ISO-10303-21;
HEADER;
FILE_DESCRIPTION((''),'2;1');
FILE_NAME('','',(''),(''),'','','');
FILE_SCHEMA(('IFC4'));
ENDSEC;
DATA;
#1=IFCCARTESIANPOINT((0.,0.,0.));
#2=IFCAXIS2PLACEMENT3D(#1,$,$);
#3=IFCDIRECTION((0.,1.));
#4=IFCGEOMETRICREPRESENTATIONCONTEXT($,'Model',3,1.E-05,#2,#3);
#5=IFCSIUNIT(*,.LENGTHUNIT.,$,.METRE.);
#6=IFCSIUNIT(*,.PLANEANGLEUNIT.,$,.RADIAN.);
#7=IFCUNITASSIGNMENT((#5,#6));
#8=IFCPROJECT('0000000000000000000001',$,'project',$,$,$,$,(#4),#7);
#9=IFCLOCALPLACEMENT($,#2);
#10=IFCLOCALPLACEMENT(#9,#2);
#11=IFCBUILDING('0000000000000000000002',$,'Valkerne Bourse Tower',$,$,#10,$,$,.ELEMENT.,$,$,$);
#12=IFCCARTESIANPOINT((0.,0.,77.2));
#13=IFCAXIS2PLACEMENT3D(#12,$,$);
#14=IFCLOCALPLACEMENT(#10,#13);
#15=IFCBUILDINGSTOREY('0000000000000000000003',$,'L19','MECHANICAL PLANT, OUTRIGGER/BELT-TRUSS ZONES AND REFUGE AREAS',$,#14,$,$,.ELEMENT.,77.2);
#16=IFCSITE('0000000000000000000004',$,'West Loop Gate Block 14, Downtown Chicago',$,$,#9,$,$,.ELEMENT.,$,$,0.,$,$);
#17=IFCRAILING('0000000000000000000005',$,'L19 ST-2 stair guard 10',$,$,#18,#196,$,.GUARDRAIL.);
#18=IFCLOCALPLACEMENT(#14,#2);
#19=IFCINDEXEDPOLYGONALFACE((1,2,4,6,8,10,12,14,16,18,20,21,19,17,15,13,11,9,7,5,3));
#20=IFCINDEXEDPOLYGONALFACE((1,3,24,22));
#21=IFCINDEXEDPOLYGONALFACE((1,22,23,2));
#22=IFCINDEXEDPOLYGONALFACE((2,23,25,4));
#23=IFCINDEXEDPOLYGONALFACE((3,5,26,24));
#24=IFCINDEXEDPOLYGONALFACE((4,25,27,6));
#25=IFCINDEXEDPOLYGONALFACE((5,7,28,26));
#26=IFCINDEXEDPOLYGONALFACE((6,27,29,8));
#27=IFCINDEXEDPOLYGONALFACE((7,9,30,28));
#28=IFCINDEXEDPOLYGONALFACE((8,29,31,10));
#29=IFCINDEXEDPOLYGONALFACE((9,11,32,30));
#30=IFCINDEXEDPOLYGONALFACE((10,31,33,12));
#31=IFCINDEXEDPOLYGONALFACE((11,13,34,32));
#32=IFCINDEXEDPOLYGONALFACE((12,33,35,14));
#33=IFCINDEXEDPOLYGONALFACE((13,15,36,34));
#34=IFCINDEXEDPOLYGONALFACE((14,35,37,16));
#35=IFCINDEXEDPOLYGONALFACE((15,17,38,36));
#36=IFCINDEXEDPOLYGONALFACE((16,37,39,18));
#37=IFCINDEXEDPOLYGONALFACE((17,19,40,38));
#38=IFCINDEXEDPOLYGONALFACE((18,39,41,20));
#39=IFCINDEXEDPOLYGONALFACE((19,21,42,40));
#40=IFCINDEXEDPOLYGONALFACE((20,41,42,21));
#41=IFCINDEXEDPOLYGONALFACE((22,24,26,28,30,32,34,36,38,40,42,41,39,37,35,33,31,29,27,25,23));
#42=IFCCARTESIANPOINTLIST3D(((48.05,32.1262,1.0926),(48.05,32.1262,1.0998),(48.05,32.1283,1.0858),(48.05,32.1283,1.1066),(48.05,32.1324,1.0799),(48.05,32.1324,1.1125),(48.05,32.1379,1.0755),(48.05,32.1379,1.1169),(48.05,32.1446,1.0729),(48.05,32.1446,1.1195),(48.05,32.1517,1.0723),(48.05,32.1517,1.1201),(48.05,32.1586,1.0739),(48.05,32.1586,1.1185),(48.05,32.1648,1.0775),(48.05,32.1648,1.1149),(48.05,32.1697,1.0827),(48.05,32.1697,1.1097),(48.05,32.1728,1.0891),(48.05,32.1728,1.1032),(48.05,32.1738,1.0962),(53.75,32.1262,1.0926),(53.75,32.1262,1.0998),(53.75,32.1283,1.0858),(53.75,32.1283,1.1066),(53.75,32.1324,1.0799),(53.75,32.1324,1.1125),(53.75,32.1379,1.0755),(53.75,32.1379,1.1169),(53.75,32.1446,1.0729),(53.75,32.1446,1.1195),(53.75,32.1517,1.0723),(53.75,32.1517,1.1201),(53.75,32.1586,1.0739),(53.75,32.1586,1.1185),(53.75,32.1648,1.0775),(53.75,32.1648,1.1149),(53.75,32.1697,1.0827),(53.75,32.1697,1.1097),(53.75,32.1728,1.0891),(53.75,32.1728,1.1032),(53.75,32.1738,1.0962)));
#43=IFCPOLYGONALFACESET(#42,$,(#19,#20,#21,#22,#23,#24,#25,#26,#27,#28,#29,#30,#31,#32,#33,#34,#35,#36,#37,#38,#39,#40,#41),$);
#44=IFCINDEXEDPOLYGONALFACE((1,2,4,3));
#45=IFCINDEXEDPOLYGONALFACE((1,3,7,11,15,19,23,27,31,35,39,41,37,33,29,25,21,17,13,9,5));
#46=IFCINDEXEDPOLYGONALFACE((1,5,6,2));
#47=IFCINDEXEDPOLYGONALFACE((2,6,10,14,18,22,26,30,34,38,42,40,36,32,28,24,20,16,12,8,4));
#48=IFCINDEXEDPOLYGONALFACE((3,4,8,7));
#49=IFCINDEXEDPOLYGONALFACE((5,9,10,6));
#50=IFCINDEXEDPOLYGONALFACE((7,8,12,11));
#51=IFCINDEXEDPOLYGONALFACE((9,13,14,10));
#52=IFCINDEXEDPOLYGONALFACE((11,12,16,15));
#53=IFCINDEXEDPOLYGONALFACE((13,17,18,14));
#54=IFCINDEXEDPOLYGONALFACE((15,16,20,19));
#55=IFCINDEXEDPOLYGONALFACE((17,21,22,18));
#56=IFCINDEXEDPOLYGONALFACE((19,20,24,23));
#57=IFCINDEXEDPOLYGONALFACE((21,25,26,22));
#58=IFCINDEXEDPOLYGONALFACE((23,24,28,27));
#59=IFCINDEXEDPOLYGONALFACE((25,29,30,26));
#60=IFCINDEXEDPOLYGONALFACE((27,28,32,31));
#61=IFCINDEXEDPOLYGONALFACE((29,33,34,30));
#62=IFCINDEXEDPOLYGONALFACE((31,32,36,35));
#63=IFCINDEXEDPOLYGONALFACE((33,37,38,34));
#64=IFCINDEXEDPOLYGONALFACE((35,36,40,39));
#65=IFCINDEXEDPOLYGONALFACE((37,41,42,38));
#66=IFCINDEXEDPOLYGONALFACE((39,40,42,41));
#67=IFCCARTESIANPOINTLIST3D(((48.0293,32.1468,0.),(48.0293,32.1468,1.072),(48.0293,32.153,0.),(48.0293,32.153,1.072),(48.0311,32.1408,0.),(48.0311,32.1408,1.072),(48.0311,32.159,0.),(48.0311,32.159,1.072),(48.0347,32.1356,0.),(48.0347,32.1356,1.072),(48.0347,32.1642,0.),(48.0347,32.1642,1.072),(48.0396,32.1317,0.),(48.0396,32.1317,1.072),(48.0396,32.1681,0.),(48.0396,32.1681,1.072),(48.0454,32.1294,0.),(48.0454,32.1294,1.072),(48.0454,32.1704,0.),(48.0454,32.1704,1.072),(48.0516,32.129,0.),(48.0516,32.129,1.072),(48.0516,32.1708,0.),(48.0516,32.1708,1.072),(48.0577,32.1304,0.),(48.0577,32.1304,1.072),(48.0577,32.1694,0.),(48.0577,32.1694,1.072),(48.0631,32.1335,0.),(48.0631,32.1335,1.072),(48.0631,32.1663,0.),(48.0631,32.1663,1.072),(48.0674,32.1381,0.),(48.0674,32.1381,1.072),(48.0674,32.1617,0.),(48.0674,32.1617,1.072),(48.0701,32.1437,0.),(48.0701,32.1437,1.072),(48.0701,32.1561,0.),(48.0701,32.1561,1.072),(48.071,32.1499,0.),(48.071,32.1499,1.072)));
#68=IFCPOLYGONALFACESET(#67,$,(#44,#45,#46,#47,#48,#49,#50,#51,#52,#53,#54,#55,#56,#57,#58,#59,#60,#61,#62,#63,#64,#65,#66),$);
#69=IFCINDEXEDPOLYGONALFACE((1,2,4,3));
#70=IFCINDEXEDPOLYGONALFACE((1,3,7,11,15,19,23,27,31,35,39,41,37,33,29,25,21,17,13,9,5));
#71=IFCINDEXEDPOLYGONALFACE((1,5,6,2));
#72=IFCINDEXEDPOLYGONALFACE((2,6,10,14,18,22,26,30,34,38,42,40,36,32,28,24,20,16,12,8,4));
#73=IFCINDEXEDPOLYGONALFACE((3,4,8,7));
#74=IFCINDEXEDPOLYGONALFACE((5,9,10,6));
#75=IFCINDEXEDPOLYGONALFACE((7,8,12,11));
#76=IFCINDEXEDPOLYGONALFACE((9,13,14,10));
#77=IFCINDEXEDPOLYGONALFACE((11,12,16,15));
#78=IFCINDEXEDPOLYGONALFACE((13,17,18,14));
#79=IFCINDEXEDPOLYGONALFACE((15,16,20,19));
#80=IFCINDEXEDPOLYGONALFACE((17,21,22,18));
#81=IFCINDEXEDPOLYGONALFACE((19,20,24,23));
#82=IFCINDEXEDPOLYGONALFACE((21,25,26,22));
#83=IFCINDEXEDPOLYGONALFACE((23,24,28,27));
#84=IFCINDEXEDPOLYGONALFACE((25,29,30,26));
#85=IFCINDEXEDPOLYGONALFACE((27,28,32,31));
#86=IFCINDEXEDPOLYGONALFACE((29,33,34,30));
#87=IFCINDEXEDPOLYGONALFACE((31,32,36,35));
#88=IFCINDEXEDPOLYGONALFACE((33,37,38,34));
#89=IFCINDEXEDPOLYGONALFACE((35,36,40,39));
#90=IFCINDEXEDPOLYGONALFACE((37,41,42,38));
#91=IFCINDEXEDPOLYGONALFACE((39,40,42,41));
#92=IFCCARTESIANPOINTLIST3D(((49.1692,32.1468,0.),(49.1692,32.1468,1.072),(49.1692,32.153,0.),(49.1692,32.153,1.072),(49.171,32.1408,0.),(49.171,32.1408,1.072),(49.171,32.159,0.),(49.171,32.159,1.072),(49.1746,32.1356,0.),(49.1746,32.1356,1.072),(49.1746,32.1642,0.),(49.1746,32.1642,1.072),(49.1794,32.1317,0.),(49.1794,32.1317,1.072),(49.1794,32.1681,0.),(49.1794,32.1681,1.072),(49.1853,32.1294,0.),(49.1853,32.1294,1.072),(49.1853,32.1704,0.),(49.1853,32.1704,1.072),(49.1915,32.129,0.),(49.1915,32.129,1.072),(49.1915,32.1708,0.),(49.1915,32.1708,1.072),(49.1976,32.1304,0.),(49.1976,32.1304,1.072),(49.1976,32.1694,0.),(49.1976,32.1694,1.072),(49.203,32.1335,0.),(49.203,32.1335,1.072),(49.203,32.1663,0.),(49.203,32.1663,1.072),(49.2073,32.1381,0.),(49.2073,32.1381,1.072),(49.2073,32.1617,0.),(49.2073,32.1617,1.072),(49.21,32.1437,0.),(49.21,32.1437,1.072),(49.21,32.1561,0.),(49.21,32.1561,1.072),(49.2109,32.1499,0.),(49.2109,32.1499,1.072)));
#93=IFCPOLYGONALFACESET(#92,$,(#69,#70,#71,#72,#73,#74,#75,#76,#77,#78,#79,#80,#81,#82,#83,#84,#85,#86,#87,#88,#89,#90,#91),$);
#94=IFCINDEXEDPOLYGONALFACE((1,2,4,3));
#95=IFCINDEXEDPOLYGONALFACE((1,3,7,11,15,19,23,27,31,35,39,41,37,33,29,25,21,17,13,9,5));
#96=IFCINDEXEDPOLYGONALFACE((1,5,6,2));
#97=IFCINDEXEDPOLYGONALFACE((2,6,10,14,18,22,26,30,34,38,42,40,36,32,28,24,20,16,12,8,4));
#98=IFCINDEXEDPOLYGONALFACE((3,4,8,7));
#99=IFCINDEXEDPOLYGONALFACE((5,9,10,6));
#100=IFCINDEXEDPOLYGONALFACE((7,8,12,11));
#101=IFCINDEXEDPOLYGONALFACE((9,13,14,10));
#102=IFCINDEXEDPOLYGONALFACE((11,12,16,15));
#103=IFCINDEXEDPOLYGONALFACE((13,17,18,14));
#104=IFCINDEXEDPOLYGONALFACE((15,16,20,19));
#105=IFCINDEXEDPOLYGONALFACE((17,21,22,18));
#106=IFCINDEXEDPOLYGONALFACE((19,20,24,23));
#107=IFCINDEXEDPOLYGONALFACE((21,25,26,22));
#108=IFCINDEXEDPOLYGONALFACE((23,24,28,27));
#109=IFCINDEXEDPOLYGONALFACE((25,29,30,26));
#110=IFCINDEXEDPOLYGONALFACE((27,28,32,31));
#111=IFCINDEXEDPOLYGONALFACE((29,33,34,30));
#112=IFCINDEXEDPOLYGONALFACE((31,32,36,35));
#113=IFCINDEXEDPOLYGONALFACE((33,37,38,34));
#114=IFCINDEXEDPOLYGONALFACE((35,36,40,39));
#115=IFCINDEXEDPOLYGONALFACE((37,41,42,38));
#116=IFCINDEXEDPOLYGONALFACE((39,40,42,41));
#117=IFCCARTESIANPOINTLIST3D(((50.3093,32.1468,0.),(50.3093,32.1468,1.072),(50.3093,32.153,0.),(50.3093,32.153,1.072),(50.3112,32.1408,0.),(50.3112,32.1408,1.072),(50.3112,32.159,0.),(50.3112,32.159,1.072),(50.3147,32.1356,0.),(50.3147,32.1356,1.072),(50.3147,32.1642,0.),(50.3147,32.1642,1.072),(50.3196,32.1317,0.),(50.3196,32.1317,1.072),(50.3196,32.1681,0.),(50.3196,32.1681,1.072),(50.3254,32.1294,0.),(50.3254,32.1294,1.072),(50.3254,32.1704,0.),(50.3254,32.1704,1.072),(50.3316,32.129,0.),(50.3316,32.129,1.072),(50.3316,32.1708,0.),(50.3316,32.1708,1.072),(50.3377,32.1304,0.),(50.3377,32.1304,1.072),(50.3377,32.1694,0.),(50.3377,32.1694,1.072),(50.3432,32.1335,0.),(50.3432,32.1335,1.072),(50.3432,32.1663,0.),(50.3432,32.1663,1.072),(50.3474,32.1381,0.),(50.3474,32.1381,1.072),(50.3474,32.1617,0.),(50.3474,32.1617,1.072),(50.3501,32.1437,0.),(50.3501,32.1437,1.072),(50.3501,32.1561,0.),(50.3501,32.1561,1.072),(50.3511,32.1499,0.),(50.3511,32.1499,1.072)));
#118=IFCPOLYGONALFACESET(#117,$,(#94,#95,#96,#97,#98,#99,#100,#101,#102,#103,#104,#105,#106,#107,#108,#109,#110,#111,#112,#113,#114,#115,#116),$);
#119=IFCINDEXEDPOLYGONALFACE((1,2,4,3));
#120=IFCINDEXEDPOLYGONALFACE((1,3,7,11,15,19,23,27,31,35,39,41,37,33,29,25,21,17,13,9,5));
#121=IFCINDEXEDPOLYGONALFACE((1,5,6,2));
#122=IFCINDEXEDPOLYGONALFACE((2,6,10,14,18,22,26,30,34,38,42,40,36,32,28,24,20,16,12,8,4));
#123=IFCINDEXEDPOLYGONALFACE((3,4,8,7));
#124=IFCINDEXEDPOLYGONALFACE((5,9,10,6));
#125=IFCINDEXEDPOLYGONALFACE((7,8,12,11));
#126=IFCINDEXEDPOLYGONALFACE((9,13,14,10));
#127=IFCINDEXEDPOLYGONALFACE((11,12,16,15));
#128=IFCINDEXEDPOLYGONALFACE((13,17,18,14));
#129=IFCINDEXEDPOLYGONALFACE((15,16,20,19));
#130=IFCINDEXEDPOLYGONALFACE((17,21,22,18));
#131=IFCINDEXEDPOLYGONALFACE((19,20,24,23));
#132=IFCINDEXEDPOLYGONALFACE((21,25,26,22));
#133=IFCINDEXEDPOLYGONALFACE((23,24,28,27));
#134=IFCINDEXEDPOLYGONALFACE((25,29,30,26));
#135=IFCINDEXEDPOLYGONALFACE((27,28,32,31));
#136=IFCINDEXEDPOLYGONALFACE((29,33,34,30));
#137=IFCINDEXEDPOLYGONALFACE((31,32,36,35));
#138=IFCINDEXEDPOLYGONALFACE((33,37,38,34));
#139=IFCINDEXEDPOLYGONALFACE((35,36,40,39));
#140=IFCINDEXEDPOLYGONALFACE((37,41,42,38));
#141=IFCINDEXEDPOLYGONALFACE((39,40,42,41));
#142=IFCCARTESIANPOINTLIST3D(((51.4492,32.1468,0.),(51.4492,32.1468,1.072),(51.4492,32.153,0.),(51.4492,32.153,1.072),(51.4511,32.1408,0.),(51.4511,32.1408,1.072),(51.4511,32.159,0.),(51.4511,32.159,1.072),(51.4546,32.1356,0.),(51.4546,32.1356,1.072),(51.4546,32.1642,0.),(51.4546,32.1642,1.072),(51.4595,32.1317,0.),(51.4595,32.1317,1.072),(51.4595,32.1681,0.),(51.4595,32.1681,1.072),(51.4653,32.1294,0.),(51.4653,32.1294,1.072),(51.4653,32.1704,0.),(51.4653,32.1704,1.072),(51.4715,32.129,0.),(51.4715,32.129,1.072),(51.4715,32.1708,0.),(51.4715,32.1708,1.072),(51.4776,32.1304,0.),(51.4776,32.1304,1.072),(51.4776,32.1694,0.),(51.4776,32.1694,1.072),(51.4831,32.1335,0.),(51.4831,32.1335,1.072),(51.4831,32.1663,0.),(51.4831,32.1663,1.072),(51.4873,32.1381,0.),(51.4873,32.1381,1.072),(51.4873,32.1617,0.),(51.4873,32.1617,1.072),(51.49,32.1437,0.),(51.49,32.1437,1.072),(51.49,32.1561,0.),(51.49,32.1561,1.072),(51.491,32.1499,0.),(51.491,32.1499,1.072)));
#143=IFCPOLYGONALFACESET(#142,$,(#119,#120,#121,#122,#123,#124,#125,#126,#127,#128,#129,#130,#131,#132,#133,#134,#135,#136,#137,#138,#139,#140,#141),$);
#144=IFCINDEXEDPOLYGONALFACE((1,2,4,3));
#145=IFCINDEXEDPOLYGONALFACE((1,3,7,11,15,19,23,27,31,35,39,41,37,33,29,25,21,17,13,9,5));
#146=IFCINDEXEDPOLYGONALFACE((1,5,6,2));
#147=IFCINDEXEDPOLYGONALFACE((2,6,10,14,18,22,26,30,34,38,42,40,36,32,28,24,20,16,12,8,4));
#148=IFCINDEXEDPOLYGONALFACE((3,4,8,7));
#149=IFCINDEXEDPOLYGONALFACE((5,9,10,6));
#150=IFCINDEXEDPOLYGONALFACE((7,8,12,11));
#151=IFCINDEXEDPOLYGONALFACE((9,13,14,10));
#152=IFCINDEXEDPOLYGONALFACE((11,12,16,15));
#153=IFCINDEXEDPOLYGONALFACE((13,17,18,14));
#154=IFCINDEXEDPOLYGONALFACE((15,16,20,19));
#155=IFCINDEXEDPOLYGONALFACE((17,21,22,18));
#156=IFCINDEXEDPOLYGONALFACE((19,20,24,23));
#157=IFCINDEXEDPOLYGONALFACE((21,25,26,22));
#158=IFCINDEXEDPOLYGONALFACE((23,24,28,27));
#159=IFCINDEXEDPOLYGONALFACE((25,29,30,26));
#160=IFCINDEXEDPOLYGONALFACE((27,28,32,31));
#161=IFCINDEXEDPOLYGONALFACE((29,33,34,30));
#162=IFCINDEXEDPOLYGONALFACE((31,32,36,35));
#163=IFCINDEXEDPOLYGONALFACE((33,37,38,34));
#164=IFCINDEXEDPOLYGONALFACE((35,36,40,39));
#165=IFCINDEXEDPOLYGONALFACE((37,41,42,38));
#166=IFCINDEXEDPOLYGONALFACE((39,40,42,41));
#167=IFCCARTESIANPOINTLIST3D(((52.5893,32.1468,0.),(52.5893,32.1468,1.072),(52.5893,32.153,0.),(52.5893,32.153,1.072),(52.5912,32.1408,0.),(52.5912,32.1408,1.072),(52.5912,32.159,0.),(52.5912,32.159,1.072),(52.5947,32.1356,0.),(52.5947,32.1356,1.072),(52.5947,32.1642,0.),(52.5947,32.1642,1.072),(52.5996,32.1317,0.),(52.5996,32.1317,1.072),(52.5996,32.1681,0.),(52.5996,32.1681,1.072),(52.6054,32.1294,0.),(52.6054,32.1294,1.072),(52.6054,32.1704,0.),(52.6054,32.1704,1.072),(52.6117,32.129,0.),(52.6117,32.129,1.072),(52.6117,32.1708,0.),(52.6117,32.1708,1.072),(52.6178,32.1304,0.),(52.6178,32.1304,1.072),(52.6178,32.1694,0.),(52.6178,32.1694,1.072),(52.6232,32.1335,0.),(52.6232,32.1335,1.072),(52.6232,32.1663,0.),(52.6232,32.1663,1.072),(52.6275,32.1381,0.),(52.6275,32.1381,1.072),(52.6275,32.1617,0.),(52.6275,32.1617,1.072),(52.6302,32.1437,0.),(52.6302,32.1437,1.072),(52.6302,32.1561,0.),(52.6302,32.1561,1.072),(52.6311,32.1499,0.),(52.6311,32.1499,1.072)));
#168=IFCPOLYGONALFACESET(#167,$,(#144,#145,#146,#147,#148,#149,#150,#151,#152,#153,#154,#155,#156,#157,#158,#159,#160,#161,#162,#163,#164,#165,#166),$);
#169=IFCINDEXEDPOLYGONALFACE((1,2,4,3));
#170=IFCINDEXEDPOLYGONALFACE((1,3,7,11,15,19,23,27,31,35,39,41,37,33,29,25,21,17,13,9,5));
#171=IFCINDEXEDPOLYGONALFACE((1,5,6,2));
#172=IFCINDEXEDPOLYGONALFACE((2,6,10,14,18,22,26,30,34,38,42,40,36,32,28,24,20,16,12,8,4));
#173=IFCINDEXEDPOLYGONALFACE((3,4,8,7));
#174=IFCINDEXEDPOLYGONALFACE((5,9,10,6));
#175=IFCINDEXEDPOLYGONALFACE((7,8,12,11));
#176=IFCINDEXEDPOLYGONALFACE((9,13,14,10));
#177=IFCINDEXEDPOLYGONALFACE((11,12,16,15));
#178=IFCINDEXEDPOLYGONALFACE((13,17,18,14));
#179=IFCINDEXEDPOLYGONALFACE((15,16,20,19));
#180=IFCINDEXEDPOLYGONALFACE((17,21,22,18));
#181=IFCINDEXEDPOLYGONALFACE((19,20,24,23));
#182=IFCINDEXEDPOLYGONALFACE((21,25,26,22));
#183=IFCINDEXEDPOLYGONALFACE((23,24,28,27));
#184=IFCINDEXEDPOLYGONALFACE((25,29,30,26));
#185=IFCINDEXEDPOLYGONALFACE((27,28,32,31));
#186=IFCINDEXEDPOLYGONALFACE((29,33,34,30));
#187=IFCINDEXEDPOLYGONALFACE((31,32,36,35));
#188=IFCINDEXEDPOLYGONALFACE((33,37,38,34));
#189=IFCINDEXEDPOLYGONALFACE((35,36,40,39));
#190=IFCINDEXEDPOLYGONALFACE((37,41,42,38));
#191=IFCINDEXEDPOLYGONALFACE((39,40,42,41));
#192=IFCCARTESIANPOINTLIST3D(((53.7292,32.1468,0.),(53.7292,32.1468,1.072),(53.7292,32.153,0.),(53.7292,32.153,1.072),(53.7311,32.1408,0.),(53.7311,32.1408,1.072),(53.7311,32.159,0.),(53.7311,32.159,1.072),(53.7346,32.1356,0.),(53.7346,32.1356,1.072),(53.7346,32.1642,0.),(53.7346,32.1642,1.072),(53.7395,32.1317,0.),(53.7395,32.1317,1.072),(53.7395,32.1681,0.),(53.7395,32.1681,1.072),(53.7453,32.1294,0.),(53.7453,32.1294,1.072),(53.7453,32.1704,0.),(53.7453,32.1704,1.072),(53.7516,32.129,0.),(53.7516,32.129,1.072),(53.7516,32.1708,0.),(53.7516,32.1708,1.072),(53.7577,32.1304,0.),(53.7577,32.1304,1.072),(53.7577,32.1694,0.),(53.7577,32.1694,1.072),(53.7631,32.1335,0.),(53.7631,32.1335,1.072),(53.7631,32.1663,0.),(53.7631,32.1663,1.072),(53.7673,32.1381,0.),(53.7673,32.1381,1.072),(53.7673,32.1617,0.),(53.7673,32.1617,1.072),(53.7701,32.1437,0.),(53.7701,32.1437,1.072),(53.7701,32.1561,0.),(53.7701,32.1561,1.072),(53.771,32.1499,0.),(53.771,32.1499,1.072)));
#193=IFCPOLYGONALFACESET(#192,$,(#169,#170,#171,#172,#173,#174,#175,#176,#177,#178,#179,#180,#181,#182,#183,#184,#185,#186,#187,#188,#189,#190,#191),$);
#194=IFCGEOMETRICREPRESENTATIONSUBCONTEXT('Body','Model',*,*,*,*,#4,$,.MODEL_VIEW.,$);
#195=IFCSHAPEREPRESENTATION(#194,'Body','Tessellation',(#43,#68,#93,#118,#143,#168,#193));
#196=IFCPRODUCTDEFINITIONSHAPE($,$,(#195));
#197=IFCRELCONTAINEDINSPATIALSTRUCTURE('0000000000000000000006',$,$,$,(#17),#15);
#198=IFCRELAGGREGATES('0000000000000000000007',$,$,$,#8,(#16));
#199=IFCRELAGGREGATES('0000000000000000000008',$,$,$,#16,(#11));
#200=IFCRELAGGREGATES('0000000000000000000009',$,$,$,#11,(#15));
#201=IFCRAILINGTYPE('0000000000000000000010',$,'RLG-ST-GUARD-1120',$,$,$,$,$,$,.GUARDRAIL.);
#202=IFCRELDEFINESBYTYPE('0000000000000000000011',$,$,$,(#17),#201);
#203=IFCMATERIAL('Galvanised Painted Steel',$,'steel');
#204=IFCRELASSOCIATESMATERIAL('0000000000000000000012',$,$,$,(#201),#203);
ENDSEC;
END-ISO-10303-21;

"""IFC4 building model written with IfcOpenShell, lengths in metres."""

from ifc_helpers import new_model, si_unit, direction, frame, origin, origin_2d, place, context, subcontext, project, spatial, circle, extrude, material, type_object, element, save


model = new_model("IFC4")

# Units and contexts
model_context = context("Model", 3, precision=1e-05, world=origin(), true_north=direction((0.0, 1.0)))
body_context = subcontext(model_context, "Body", "Model", "MODEL_VIEW")
ifc_project = project(units=[si_unit("LENGTHUNIT", "METRE"), si_unit("PLANEANGLEUNIT", "RADIAN")], contexts=[model_context])

# Site, building, storey
site_placement = place(None, origin())
site = spatial("IfcSite", under=ifc_project, at=site_placement, Name="West Loop Gate Block 14, Downtown Chicago", CompositionType="ELEMENT", RefElevation=0.0)
building_placement = place(site_placement, origin())
building = spatial("IfcBuilding", under=site, at=building_placement, Name="Valkerne Bourse Tower", CompositionType="ELEMENT")
storey_placement = place(building_placement, frame((0.0, 0.0, 77.2)))
storey = spatial("IfcBuildingStorey", under=building, at=storey_placement, Name="L19", Description="MECHANICAL PLANT, OUTRIGGER/BELT-TRUSS ZONES AND REFUGE AREAS", CompositionType="ELEMENT", Elevation=77.2)

# Shared definitions
ifc_material_1 = material(Name="Galvanised Painted Steel", Category="steel")

# Railing
railing_type_1 = type_object("IfcRailingType", Name="RLG-ST-GUARD-1120", PredefinedType="GUARDRAIL", material=ifc_material_1)
railing_1_placement = place(storey_placement, frame((48.05, 32.1499, 0.0)))
element("IfcRailing", 1, at=railing_1_placement, inside=storey, type_object=railing_type_1, Name="L19 ST-2 stair guard 10", PredefinedType="GUARDRAIL", context=body_context, shape_type="SweptSolid", body=[
    extrude(circle(Radius=0.0239, at=origin_2d()), frame((0.0, 0.0, 1.0962), z_axis=(1.0, 0.0, 0.0), x_axis=(0.0, 1.0, 0.0)), (0.0, 0.0, 1.0), 5.7),
    extrude(circle(Radius=0.021, at=origin_2d()), origin(), (0.0, 0.0, 1.0), 1.072),
    extrude(circle(Radius=0.021, at=origin_2d()), frame((1.1399, 0.0, 0.0)), (0.0, 0.0, 1.0), 1.072),
    extrude(circle(Radius=0.021, at=origin_2d()), frame((2.28, 0.0, 0.0)), (0.0, 0.0, 1.0), 1.072),
    extrude(circle(Radius=0.021, at=origin_2d()), frame((3.4199, 0.0, 0.0)), (0.0, 0.0, 1.0), 1.072),
    extrude(circle(Radius=0.021, at=origin_2d()), frame((4.5601, 0.0, 0.0)), (0.0, 0.0, 1.0), 1.072),
    extrude(circle(Radius=0.021, at=origin_2d()), frame((5.7, 0.0, 0.0)), (0.0, 0.0, 1.0), 1.072),
])

save(model, "model.ifc")
